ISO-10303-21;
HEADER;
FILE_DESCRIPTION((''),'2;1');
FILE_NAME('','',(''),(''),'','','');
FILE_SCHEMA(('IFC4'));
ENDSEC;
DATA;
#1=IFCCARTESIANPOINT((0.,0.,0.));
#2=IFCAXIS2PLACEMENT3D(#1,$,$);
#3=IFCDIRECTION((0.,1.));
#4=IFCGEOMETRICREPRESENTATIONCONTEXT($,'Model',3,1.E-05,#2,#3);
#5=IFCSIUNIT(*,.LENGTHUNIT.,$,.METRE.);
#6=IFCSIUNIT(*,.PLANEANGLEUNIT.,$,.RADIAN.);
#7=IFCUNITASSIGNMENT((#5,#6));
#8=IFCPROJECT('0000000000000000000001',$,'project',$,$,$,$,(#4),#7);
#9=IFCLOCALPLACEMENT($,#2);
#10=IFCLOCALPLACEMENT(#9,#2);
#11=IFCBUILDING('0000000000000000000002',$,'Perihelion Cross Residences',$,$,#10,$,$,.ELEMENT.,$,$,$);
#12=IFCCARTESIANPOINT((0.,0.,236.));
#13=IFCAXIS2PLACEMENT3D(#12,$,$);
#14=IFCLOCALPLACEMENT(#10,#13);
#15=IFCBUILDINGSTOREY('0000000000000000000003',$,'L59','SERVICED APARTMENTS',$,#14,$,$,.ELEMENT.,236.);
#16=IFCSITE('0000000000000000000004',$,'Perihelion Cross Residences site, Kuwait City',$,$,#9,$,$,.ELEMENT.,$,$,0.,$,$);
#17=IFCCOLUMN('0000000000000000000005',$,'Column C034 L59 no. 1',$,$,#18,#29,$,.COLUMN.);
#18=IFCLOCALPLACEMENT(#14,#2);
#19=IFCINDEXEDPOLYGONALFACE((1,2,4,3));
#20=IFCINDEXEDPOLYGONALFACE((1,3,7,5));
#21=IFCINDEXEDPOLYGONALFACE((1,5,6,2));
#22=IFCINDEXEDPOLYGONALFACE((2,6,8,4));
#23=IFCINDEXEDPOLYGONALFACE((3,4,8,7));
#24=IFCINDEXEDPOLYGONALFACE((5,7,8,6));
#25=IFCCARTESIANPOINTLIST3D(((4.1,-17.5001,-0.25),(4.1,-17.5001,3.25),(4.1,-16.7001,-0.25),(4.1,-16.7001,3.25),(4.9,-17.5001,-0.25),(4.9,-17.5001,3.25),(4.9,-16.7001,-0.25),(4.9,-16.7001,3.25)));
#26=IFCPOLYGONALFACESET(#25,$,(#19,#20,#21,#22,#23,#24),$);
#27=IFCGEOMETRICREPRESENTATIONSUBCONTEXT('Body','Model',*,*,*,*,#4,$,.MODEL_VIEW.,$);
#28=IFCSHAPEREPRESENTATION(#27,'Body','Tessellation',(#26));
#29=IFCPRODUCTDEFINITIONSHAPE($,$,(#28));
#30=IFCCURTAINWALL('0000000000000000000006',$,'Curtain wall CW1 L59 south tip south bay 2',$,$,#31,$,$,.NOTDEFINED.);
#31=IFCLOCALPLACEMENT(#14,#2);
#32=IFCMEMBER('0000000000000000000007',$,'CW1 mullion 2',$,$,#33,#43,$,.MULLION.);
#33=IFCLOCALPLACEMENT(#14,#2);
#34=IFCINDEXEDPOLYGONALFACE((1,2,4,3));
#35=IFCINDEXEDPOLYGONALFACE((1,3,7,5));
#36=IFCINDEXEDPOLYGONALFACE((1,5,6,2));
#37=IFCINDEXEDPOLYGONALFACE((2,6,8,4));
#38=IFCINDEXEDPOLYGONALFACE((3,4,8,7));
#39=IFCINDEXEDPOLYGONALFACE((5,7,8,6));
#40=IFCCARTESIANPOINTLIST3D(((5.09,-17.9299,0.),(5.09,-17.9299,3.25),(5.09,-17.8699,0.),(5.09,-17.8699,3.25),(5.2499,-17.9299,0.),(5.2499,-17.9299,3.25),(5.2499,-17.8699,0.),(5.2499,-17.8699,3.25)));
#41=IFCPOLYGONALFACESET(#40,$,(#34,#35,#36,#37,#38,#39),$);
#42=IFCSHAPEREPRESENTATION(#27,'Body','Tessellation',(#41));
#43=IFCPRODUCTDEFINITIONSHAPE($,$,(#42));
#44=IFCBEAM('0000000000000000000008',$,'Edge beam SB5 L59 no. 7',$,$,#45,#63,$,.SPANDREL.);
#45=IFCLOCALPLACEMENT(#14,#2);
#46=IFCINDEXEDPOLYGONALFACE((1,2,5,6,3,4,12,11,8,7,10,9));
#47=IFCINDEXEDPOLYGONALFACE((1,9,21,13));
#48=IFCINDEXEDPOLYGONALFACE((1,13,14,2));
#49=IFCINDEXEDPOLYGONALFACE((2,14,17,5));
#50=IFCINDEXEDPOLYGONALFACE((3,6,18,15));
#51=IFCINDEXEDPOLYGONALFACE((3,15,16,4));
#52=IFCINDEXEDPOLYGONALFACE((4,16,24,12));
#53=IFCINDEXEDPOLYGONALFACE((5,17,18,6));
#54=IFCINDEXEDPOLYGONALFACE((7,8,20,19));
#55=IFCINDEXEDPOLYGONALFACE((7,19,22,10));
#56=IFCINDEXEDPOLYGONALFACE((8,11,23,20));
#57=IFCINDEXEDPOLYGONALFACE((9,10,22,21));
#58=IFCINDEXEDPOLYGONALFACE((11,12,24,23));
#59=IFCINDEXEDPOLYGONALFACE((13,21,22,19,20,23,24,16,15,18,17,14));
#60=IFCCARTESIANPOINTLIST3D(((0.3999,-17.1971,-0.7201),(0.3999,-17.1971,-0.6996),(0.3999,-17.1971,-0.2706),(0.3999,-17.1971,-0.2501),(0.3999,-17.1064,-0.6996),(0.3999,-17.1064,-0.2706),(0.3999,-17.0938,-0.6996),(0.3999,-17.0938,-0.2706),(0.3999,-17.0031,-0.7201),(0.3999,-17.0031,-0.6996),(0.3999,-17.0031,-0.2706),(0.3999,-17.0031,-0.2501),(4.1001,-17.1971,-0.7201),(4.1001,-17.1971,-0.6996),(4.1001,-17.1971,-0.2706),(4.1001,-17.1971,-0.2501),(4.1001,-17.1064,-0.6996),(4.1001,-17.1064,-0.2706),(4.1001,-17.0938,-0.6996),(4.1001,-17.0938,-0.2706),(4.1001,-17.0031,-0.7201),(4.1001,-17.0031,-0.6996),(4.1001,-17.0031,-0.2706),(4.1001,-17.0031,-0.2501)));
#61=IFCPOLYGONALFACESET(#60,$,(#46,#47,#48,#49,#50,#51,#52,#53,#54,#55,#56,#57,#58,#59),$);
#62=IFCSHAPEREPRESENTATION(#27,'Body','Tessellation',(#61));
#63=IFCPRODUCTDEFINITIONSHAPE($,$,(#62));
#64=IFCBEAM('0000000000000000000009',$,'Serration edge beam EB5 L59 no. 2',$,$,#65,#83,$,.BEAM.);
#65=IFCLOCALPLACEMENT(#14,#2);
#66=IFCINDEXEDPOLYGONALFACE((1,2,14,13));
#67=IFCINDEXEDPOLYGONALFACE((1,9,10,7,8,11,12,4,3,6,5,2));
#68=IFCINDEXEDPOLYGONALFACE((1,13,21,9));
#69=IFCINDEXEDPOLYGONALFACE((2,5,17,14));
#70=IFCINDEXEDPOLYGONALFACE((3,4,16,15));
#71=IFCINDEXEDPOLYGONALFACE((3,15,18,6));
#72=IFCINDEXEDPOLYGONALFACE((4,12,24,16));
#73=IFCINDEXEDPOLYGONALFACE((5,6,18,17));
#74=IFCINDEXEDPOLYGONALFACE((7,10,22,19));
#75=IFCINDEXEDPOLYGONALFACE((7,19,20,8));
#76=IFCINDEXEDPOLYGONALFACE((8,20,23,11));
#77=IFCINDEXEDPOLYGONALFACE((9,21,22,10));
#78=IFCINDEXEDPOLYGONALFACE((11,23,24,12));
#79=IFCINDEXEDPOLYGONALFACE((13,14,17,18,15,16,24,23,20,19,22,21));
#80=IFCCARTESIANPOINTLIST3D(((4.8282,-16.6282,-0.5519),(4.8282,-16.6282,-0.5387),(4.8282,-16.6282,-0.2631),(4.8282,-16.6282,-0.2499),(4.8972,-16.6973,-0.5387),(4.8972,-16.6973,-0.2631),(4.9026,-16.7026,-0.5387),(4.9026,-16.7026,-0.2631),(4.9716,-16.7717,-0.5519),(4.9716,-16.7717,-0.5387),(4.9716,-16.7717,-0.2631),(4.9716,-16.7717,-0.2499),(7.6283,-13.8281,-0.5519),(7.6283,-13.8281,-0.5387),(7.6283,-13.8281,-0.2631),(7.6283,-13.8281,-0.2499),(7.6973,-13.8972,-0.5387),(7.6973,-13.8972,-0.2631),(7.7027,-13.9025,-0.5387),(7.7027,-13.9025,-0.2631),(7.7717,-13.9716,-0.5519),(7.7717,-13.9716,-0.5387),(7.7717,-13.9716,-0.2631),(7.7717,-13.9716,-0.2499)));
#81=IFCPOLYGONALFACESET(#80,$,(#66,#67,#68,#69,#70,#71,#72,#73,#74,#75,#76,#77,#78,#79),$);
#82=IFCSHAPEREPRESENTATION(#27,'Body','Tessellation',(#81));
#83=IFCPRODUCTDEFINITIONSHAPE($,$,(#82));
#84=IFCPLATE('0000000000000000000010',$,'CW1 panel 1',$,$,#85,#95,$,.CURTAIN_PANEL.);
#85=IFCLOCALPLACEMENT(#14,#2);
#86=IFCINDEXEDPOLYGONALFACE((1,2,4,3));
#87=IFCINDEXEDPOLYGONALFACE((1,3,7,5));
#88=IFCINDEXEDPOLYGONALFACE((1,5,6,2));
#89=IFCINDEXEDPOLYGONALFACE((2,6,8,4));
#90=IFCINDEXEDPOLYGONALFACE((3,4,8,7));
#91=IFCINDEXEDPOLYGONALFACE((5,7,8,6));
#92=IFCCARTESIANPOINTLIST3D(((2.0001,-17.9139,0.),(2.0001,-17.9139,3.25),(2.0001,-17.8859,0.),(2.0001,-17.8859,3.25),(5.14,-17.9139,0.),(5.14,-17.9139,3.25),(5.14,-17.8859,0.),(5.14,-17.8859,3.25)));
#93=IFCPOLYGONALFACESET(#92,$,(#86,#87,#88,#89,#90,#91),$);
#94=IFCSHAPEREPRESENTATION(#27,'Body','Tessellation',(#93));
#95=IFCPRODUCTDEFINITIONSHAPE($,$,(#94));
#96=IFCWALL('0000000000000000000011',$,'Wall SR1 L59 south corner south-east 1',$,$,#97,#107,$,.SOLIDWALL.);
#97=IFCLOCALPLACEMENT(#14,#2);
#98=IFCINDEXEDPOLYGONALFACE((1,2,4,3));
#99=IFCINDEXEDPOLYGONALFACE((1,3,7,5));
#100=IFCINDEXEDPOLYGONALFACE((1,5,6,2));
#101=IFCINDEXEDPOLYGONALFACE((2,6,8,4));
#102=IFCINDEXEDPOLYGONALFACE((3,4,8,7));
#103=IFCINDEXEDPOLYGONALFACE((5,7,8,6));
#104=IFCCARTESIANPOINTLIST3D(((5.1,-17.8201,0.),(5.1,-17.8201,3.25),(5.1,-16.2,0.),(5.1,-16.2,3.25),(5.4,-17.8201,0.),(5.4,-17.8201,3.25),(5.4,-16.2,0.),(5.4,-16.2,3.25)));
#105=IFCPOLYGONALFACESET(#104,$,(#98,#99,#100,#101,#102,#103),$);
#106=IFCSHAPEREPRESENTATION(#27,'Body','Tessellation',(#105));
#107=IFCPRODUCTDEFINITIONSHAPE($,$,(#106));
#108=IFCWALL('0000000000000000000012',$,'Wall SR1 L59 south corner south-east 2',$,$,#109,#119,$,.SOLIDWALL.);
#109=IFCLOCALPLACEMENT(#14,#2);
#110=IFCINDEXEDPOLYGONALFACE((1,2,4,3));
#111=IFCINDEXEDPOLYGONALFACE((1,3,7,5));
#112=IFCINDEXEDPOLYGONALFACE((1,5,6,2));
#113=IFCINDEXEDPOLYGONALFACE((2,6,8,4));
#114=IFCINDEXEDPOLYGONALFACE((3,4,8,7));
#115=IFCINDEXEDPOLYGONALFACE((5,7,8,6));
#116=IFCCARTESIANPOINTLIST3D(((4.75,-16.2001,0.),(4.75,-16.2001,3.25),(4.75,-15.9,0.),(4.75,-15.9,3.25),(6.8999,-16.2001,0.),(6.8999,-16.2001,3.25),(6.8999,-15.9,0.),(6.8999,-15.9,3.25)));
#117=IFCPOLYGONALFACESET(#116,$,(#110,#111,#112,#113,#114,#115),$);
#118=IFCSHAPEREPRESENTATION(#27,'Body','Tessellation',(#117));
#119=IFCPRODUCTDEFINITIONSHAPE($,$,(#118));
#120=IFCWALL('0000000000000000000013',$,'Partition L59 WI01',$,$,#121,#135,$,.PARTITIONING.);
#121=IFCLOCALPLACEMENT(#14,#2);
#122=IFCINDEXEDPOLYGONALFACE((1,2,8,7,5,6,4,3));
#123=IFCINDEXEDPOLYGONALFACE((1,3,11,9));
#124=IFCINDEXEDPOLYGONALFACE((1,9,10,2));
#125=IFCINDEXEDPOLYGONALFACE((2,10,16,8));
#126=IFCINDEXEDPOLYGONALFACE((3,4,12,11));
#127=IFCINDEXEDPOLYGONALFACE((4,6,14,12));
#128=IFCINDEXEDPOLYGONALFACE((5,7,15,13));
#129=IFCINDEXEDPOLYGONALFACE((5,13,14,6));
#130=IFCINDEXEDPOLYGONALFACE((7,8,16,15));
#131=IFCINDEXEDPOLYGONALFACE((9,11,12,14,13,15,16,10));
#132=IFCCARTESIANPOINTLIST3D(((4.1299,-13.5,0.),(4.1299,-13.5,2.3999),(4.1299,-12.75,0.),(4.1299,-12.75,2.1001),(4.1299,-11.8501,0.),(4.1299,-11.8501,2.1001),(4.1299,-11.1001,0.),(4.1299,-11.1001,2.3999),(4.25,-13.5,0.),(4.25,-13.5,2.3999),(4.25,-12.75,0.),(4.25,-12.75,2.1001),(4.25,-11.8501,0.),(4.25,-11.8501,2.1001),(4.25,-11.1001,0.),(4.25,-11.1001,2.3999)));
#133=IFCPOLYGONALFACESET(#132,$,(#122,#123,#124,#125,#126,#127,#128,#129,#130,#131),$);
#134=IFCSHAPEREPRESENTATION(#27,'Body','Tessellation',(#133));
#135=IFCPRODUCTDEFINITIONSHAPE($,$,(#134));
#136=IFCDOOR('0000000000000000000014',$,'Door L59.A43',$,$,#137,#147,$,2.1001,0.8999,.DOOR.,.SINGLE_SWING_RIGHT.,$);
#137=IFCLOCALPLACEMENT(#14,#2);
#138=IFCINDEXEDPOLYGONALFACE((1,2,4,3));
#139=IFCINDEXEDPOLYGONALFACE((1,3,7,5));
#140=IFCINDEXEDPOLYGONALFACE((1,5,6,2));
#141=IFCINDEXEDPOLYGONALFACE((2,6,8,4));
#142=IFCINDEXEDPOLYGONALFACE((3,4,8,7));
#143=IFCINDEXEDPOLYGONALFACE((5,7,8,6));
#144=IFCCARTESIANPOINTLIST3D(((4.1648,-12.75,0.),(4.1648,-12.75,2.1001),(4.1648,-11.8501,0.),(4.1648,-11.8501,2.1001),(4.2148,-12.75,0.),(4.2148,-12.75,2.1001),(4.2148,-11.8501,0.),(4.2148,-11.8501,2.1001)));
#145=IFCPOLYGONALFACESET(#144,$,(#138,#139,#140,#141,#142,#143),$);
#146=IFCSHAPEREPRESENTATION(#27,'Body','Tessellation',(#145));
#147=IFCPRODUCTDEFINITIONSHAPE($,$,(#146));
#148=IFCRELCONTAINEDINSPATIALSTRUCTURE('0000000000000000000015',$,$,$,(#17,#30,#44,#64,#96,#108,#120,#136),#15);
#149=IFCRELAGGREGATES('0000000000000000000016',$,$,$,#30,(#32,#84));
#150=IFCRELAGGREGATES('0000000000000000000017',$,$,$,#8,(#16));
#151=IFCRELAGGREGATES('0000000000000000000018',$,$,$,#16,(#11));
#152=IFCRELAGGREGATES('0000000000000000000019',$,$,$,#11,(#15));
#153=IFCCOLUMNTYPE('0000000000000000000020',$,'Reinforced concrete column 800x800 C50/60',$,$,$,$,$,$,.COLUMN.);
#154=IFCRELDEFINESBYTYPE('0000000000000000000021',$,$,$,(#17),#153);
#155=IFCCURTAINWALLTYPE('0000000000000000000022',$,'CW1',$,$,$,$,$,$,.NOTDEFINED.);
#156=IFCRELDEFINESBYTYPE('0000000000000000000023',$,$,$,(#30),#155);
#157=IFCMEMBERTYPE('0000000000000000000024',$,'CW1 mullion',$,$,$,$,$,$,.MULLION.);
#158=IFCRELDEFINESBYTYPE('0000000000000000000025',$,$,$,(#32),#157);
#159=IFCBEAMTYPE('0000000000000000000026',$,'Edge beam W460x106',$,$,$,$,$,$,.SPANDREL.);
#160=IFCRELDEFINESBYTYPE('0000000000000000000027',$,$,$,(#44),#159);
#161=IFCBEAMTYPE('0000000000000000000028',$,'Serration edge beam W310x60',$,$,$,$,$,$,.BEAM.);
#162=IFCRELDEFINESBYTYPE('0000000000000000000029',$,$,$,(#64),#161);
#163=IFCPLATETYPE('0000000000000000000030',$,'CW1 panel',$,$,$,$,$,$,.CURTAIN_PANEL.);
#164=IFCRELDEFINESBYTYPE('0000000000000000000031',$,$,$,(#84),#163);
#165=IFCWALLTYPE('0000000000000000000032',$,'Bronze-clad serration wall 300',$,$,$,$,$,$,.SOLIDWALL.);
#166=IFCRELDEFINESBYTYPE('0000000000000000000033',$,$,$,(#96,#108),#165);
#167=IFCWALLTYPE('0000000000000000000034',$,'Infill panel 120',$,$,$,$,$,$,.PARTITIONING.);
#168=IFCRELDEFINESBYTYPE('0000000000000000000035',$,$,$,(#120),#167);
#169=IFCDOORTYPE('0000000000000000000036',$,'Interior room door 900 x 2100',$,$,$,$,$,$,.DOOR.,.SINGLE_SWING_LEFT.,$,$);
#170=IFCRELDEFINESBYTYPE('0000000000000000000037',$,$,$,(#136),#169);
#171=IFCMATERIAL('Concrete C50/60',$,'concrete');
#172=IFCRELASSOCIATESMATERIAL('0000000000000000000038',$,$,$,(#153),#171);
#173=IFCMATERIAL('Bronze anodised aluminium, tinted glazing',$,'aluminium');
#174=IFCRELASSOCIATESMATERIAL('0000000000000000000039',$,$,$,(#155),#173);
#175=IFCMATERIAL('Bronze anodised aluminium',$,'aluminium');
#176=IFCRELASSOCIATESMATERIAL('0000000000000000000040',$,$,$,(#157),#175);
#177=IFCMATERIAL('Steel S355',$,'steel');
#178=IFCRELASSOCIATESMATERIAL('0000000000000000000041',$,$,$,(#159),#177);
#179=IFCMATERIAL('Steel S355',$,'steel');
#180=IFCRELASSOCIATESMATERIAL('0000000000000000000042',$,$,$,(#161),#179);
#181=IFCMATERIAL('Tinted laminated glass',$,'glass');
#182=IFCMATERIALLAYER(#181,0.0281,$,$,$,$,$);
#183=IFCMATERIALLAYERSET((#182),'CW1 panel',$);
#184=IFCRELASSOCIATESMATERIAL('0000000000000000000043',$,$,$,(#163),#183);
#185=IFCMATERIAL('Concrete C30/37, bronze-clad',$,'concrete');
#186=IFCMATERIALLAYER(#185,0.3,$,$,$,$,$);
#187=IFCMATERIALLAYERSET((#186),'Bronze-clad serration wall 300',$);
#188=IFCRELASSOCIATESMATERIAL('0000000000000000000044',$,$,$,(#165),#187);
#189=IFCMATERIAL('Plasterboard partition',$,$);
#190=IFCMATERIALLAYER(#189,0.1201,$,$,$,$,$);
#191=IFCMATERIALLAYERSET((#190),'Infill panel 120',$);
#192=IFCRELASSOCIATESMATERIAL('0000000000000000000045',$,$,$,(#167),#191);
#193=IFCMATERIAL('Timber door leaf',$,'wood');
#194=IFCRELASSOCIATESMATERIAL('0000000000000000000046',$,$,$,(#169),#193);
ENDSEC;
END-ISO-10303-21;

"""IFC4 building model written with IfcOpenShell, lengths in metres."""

from ifc_helpers import new_model, si_unit, direction, frame, frame_2d, origin, origin_2d, place, context, subcontext, project, spatial, rectangle, i_section, extrude, material, layer, layer_set, material_profile, profile_set, type_object, element, fill, aggregate, save


model = new_model("IFC4")

# Units and contexts
model_context = context("Model", 3, precision=1e-05, world=origin(), true_north=direction((0.0, 1.0)))
body_context = subcontext(model_context, "Body", "Model", "MODEL_VIEW")
ifc_project = project(units=[si_unit("LENGTHUNIT", "METRE"), si_unit("PLANEANGLEUNIT", "RADIAN")], contexts=[model_context])

# Site, building, storey
site_placement = place(None, origin())
site = spatial("IfcSite", under=ifc_project, at=site_placement, Name="Perihelion Cross Residences site, Kuwait City", CompositionType="ELEMENT", RefElevation=0.0)
building_placement = place(site_placement, origin())
building = spatial("IfcBuilding", under=site, at=building_placement, Name="Perihelion Cross Residences", CompositionType="ELEMENT")
storey_placement = place(building_placement, frame((0.0, 0.0, 236.0)))
storey = spatial("IfcBuildingStorey", under=building, at=storey_placement, Name="L59", Description="SERVICED APARTMENTS", CompositionType="ELEMENT", Elevation=236.0)

# Column
ifc_material_1 = material(Name="Concrete C50/60", Category="concrete")
ifc_material_profile_1 = material_profile(ifc_material_1, rectangle(XDim=0.8, YDim=0.8, at=origin_2d()), Name="RC 800x800")
ifc_profile_set_1 = profile_set([ifc_material_profile_1], Name="Concrete C50/60")
column_type = type_object("IfcColumnType", Name="Reinforced concrete column 800x800 C50/60", PredefinedType="COLUMN", material=ifc_profile_set_1)
column_placement = place(storey_placement, frame((4.5, -17.1001, -0.25), z_axis=(0.0, 0.0, 1.0), x_axis=(1.0, 0.0, 0.0)))
element("IfcColumn", 1, at=column_placement, inside=storey, type_object=column_type, Name="Column C034 L59 no. 1", PredefinedType="COLUMN", context=body_context, shape_type="SweptSolid", body=[
    extrude(rectangle(XDim=0.8, YDim=0.8, at=origin_2d()), origin(), (0.0, 0.0, 1.0), 3.5),
])

# Curtain wall, member
ifc_material_2 = material(Name="Bronze anodised aluminium, tinted glazing", Category="aluminium")
curtain_wall_type = type_object("IfcCurtainWallType", Name="CW1", PredefinedType="NOTDEFINED", material=ifc_material_2)
curtain_wall_placement = place(storey_placement, origin())
curtain_wall = element("IfcCurtainWall", 2, at=curtain_wall_placement, inside=storey, type_object=curtain_wall_type, Name="Curtain wall CW1 L59 south tip south bay 2", PredefinedType="NOTDEFINED")
ifc_material_3 = material(Name="Bronze anodised aluminium", Category="aluminium")
ifc_material_profile_2 = material_profile(ifc_material_3, rectangle(XDim=0.0601, YDim=0.1599, at=origin_2d()), Name="CW1 mullion")
ifc_profile_set_2 = profile_set([ifc_material_profile_2], Name="Bronze anodised aluminium")
member_type = type_object("IfcMemberType", Name="CW1 mullion", PredefinedType="MULLION", material=ifc_profile_set_2)
member_placement = place(storey_placement, frame((5.1699, -17.8999, 0.0), z_axis=(0.0, 0.0, 1.0), x_axis=(0.0, 1.0, 0.0)))
member = element("IfcMember", 3, at=member_placement, type_object=member_type, Name="CW1 mullion 2", PredefinedType="MULLION", context=body_context, shape_type="SweptSolid", body=[
    extrude(rectangle(XDim=0.0601, YDim=0.1599, at=origin_2d()), origin(), (0.0, 0.0, 1.0), 3.25),
])

# Beams
ifc_material_4 = material(Name="Steel S355", Category="steel")
ifc_material_profile_3 = material_profile(ifc_material_4, i_section(OverallWidth=0.1941, OverallDepth=0.47, WebThickness=0.0127, FlangeThickness=0.0205, at=origin_2d()), Name="W460x106")
ifc_profile_set_3 = profile_set([ifc_material_profile_3], Name="Steel S355")
beam_type_1 = type_object("IfcBeamType", Name="Edge beam W460x106", PredefinedType="SPANDREL", material=ifc_profile_set_3)
beam_1_placement = place(storey_placement, frame((0.3999, -17.1001, -0.4851), z_axis=(1.0, 0.0, 0.0), x_axis=(0.0, 1.0, 0.0)))
element("IfcBeam", 4, at=beam_1_placement, inside=storey, type_object=beam_type_1, Name="Edge beam SB5 L59 no. 7", PredefinedType="SPANDREL", context=body_context, shape_type="SweptSolid", body=[
    extrude(i_section(OverallWidth=0.1941, OverallDepth=0.47, WebThickness=0.0127, FlangeThickness=0.0205, at=origin_2d()), origin(), (0.0, 0.0, 1.0), 3.7002),
])
ifc_material_5 = material(Name="Steel S355", Category="steel")
ifc_material_profile_4 = material_profile(ifc_material_5, i_section(OverallWidth=0.2029, OverallDepth=0.302, WebThickness=0.0076, FlangeThickness=0.0132, at=origin_2d()), Name="W310x60")
ifc_profile_set_4 = profile_set([ifc_material_profile_4], Name="Steel S355")
beam_type_2 = type_object("IfcBeamType", Name="Serration edge beam W310x60", PredefinedType="BEAM", material=ifc_profile_set_4)
beam_2_placement = place(storey_placement, frame((4.8999, -16.7, -0.4009), z_axis=(0.707107, 0.707107, 0.0), x_axis=(-0.707107, 0.707107, 0.0)))
element("IfcBeam", 5, at=beam_2_placement, inside=storey, type_object=beam_type_2, Name="Serration edge beam EB5 L59 no. 2", PredefinedType="BEAM", context=body_context, shape_type="SweptSolid", body=[
    extrude(i_section(OverallWidth=0.2029, OverallDepth=0.302, WebThickness=0.0076, FlangeThickness=0.0132, at=origin_2d()), origin(), (0.0, 0.0, 1.0), 3.96),
])

# Plate
ifc_material_6 = material(Name="Tinted laminated glass", Category="glass")
ifc_layer_1 = layer(ifc_material_6, 0.0281)
ifc_layer_set_1 = layer_set([ifc_layer_1], Name="CW1 panel")
plate_type = type_object("IfcPlateType", Name="CW1 panel", PredefinedType="CURTAIN_PANEL", material=ifc_layer_set_1)
plate_placement = place(storey_placement, frame((3.5701, -17.8999, 0.0), z_axis=(0.0, 0.0, 1.0), x_axis=(1.0, 0.0, 0.0)))
plate = element("IfcPlate", 6, at=plate_placement, type_object=plate_type, Name="CW1 panel 1", PredefinedType="CURTAIN_PANEL", context=body_context, shape_type="SweptSolid", body=[
    extrude(rectangle(XDim=3.1399, YDim=0.0281, at=origin_2d()), origin(), (0.0, 0.0, 1.0), 3.25),
])
aggregate(curtain_wall, [member, plate])

# Walls
ifc_material_7 = material(Name="Concrete C30/37, bronze-clad", Category="concrete")
ifc_layer_2 = layer(ifc_material_7, 0.3)
ifc_layer_set_2 = layer_set([ifc_layer_2], Name="Bronze-clad serration wall 300")
wall_type_1 = type_object("IfcWallType", Name="Bronze-clad serration wall 300", PredefinedType="SOLIDWALL", material=ifc_layer_set_2)
wall_1_placement = place(storey_placement, frame((5.25, -17.8201, 0.0), z_axis=(0.0, 0.0, 1.0), x_axis=(0.0, 1.0, 0.0)))
element("IfcWall", 7, at=wall_1_placement, inside=storey, type_object=wall_type_1, Name="Wall SR1 L59 south corner south-east 1", PredefinedType="SOLIDWALL", context=body_context, shape_type="SweptSolid", body=[
    extrude(rectangle(XDim=1.6201, YDim=0.3, at=frame_2d((0.8101, 0.0))), origin(), (0.0, 0.0, 1.0), 3.25),
])
wall_2_placement = place(storey_placement, frame((4.75, -16.05, 0.0), z_axis=(0.0, 0.0, 1.0), x_axis=(1.0, 0.0, 0.0)))
element("IfcWall", 8, at=wall_2_placement, inside=storey, type_object=wall_type_1, Name="Wall SR1 L59 south corner south-east 2", PredefinedType="SOLIDWALL", context=body_context, shape_type="SweptSolid", body=[
    extrude(rectangle(XDim=2.1499, YDim=0.3, at=frame_2d((1.075, 0.0))), origin(), (0.0, 0.0, 1.0), 3.25),
])

# Wall, opening, door
ifc_material_8 = material(Name="Plasterboard partition")
ifc_layer_3 = layer(ifc_material_8, 0.1201)
ifc_layer_set_3 = layer_set([ifc_layer_3], Name="Infill panel 120")
wall_type_2 = type_object("IfcWallType", Name="Infill panel 120", PredefinedType="PARTITIONING", material=ifc_layer_set_3)
wall_3_placement = place(storey_placement, frame((4.1899, -11.1001, 0.0), z_axis=(0.0, 0.0, 1.0), x_axis=(0.0, -1.0, 0.0)))
wall_3 = element("IfcWall", 9, at=wall_3_placement, inside=storey, type_object=wall_type_2, Name="Partition L59 WI01", PredefinedType="PARTITIONING", context=body_context, shape_type="SweptSolid", body=[
    extrude(rectangle(XDim=2.3999, YDim=0.1201, at=frame_2d((1.2, 0.0))), origin(), (0.0, 0.0, 1.0), 2.3999),
])
opening_1_placement = place(wall_3_placement, frame((0.75, 0.0, 0.0)))
opening_1 = element("IfcOpeningElement", 10, at=opening_1_placement, cuts=wall_3, PredefinedType="OPENING", context=body_context, shape_type="SweptSolid", body=[
    extrude(rectangle(XDim=0.8999, YDim=2.1001, at=frame_2d((0.45, 1.05))), frame((0.0, 0.0701, 0.0), z_axis=(0.0, -1.0, 0.0), x_axis=(1.0, 0.0, 0.0)), (0.0, 0.0, 1.0), 0.1401),
])
ifc_material_9 = material(Name="Timber door leaf", Category="wood")
door_type_1 = type_object("IfcDoorType", Name="Interior room door 900 x 2100", OperationType="SINGLE_SWING_LEFT", PredefinedType="DOOR", material=ifc_material_9)
door_1_placement = place(opening_1_placement, origin())
door_1 = element("IfcDoor", 11, at=door_1_placement, inside=storey, type_object=door_type_1, Name="Door L59.A43", OperationType="SINGLE_SWING_RIGHT", OverallHeight=2.1001, OverallWidth=0.8999, PredefinedType="DOOR", context=body_context, shape_type="SweptSolid", body=[
    extrude(rectangle(XDim=0.8999, YDim=2.1001, at=frame_2d((0.45, 1.05))), frame((0.0, 0.0249, 0.0), z_axis=(0.0, -1.0, 0.0), x_axis=(1.0, 0.0, 0.0)), (0.0, 0.0, 1.0), 0.05),
])
fill(opening_1, door_1)

save(model, "model.ifc")
